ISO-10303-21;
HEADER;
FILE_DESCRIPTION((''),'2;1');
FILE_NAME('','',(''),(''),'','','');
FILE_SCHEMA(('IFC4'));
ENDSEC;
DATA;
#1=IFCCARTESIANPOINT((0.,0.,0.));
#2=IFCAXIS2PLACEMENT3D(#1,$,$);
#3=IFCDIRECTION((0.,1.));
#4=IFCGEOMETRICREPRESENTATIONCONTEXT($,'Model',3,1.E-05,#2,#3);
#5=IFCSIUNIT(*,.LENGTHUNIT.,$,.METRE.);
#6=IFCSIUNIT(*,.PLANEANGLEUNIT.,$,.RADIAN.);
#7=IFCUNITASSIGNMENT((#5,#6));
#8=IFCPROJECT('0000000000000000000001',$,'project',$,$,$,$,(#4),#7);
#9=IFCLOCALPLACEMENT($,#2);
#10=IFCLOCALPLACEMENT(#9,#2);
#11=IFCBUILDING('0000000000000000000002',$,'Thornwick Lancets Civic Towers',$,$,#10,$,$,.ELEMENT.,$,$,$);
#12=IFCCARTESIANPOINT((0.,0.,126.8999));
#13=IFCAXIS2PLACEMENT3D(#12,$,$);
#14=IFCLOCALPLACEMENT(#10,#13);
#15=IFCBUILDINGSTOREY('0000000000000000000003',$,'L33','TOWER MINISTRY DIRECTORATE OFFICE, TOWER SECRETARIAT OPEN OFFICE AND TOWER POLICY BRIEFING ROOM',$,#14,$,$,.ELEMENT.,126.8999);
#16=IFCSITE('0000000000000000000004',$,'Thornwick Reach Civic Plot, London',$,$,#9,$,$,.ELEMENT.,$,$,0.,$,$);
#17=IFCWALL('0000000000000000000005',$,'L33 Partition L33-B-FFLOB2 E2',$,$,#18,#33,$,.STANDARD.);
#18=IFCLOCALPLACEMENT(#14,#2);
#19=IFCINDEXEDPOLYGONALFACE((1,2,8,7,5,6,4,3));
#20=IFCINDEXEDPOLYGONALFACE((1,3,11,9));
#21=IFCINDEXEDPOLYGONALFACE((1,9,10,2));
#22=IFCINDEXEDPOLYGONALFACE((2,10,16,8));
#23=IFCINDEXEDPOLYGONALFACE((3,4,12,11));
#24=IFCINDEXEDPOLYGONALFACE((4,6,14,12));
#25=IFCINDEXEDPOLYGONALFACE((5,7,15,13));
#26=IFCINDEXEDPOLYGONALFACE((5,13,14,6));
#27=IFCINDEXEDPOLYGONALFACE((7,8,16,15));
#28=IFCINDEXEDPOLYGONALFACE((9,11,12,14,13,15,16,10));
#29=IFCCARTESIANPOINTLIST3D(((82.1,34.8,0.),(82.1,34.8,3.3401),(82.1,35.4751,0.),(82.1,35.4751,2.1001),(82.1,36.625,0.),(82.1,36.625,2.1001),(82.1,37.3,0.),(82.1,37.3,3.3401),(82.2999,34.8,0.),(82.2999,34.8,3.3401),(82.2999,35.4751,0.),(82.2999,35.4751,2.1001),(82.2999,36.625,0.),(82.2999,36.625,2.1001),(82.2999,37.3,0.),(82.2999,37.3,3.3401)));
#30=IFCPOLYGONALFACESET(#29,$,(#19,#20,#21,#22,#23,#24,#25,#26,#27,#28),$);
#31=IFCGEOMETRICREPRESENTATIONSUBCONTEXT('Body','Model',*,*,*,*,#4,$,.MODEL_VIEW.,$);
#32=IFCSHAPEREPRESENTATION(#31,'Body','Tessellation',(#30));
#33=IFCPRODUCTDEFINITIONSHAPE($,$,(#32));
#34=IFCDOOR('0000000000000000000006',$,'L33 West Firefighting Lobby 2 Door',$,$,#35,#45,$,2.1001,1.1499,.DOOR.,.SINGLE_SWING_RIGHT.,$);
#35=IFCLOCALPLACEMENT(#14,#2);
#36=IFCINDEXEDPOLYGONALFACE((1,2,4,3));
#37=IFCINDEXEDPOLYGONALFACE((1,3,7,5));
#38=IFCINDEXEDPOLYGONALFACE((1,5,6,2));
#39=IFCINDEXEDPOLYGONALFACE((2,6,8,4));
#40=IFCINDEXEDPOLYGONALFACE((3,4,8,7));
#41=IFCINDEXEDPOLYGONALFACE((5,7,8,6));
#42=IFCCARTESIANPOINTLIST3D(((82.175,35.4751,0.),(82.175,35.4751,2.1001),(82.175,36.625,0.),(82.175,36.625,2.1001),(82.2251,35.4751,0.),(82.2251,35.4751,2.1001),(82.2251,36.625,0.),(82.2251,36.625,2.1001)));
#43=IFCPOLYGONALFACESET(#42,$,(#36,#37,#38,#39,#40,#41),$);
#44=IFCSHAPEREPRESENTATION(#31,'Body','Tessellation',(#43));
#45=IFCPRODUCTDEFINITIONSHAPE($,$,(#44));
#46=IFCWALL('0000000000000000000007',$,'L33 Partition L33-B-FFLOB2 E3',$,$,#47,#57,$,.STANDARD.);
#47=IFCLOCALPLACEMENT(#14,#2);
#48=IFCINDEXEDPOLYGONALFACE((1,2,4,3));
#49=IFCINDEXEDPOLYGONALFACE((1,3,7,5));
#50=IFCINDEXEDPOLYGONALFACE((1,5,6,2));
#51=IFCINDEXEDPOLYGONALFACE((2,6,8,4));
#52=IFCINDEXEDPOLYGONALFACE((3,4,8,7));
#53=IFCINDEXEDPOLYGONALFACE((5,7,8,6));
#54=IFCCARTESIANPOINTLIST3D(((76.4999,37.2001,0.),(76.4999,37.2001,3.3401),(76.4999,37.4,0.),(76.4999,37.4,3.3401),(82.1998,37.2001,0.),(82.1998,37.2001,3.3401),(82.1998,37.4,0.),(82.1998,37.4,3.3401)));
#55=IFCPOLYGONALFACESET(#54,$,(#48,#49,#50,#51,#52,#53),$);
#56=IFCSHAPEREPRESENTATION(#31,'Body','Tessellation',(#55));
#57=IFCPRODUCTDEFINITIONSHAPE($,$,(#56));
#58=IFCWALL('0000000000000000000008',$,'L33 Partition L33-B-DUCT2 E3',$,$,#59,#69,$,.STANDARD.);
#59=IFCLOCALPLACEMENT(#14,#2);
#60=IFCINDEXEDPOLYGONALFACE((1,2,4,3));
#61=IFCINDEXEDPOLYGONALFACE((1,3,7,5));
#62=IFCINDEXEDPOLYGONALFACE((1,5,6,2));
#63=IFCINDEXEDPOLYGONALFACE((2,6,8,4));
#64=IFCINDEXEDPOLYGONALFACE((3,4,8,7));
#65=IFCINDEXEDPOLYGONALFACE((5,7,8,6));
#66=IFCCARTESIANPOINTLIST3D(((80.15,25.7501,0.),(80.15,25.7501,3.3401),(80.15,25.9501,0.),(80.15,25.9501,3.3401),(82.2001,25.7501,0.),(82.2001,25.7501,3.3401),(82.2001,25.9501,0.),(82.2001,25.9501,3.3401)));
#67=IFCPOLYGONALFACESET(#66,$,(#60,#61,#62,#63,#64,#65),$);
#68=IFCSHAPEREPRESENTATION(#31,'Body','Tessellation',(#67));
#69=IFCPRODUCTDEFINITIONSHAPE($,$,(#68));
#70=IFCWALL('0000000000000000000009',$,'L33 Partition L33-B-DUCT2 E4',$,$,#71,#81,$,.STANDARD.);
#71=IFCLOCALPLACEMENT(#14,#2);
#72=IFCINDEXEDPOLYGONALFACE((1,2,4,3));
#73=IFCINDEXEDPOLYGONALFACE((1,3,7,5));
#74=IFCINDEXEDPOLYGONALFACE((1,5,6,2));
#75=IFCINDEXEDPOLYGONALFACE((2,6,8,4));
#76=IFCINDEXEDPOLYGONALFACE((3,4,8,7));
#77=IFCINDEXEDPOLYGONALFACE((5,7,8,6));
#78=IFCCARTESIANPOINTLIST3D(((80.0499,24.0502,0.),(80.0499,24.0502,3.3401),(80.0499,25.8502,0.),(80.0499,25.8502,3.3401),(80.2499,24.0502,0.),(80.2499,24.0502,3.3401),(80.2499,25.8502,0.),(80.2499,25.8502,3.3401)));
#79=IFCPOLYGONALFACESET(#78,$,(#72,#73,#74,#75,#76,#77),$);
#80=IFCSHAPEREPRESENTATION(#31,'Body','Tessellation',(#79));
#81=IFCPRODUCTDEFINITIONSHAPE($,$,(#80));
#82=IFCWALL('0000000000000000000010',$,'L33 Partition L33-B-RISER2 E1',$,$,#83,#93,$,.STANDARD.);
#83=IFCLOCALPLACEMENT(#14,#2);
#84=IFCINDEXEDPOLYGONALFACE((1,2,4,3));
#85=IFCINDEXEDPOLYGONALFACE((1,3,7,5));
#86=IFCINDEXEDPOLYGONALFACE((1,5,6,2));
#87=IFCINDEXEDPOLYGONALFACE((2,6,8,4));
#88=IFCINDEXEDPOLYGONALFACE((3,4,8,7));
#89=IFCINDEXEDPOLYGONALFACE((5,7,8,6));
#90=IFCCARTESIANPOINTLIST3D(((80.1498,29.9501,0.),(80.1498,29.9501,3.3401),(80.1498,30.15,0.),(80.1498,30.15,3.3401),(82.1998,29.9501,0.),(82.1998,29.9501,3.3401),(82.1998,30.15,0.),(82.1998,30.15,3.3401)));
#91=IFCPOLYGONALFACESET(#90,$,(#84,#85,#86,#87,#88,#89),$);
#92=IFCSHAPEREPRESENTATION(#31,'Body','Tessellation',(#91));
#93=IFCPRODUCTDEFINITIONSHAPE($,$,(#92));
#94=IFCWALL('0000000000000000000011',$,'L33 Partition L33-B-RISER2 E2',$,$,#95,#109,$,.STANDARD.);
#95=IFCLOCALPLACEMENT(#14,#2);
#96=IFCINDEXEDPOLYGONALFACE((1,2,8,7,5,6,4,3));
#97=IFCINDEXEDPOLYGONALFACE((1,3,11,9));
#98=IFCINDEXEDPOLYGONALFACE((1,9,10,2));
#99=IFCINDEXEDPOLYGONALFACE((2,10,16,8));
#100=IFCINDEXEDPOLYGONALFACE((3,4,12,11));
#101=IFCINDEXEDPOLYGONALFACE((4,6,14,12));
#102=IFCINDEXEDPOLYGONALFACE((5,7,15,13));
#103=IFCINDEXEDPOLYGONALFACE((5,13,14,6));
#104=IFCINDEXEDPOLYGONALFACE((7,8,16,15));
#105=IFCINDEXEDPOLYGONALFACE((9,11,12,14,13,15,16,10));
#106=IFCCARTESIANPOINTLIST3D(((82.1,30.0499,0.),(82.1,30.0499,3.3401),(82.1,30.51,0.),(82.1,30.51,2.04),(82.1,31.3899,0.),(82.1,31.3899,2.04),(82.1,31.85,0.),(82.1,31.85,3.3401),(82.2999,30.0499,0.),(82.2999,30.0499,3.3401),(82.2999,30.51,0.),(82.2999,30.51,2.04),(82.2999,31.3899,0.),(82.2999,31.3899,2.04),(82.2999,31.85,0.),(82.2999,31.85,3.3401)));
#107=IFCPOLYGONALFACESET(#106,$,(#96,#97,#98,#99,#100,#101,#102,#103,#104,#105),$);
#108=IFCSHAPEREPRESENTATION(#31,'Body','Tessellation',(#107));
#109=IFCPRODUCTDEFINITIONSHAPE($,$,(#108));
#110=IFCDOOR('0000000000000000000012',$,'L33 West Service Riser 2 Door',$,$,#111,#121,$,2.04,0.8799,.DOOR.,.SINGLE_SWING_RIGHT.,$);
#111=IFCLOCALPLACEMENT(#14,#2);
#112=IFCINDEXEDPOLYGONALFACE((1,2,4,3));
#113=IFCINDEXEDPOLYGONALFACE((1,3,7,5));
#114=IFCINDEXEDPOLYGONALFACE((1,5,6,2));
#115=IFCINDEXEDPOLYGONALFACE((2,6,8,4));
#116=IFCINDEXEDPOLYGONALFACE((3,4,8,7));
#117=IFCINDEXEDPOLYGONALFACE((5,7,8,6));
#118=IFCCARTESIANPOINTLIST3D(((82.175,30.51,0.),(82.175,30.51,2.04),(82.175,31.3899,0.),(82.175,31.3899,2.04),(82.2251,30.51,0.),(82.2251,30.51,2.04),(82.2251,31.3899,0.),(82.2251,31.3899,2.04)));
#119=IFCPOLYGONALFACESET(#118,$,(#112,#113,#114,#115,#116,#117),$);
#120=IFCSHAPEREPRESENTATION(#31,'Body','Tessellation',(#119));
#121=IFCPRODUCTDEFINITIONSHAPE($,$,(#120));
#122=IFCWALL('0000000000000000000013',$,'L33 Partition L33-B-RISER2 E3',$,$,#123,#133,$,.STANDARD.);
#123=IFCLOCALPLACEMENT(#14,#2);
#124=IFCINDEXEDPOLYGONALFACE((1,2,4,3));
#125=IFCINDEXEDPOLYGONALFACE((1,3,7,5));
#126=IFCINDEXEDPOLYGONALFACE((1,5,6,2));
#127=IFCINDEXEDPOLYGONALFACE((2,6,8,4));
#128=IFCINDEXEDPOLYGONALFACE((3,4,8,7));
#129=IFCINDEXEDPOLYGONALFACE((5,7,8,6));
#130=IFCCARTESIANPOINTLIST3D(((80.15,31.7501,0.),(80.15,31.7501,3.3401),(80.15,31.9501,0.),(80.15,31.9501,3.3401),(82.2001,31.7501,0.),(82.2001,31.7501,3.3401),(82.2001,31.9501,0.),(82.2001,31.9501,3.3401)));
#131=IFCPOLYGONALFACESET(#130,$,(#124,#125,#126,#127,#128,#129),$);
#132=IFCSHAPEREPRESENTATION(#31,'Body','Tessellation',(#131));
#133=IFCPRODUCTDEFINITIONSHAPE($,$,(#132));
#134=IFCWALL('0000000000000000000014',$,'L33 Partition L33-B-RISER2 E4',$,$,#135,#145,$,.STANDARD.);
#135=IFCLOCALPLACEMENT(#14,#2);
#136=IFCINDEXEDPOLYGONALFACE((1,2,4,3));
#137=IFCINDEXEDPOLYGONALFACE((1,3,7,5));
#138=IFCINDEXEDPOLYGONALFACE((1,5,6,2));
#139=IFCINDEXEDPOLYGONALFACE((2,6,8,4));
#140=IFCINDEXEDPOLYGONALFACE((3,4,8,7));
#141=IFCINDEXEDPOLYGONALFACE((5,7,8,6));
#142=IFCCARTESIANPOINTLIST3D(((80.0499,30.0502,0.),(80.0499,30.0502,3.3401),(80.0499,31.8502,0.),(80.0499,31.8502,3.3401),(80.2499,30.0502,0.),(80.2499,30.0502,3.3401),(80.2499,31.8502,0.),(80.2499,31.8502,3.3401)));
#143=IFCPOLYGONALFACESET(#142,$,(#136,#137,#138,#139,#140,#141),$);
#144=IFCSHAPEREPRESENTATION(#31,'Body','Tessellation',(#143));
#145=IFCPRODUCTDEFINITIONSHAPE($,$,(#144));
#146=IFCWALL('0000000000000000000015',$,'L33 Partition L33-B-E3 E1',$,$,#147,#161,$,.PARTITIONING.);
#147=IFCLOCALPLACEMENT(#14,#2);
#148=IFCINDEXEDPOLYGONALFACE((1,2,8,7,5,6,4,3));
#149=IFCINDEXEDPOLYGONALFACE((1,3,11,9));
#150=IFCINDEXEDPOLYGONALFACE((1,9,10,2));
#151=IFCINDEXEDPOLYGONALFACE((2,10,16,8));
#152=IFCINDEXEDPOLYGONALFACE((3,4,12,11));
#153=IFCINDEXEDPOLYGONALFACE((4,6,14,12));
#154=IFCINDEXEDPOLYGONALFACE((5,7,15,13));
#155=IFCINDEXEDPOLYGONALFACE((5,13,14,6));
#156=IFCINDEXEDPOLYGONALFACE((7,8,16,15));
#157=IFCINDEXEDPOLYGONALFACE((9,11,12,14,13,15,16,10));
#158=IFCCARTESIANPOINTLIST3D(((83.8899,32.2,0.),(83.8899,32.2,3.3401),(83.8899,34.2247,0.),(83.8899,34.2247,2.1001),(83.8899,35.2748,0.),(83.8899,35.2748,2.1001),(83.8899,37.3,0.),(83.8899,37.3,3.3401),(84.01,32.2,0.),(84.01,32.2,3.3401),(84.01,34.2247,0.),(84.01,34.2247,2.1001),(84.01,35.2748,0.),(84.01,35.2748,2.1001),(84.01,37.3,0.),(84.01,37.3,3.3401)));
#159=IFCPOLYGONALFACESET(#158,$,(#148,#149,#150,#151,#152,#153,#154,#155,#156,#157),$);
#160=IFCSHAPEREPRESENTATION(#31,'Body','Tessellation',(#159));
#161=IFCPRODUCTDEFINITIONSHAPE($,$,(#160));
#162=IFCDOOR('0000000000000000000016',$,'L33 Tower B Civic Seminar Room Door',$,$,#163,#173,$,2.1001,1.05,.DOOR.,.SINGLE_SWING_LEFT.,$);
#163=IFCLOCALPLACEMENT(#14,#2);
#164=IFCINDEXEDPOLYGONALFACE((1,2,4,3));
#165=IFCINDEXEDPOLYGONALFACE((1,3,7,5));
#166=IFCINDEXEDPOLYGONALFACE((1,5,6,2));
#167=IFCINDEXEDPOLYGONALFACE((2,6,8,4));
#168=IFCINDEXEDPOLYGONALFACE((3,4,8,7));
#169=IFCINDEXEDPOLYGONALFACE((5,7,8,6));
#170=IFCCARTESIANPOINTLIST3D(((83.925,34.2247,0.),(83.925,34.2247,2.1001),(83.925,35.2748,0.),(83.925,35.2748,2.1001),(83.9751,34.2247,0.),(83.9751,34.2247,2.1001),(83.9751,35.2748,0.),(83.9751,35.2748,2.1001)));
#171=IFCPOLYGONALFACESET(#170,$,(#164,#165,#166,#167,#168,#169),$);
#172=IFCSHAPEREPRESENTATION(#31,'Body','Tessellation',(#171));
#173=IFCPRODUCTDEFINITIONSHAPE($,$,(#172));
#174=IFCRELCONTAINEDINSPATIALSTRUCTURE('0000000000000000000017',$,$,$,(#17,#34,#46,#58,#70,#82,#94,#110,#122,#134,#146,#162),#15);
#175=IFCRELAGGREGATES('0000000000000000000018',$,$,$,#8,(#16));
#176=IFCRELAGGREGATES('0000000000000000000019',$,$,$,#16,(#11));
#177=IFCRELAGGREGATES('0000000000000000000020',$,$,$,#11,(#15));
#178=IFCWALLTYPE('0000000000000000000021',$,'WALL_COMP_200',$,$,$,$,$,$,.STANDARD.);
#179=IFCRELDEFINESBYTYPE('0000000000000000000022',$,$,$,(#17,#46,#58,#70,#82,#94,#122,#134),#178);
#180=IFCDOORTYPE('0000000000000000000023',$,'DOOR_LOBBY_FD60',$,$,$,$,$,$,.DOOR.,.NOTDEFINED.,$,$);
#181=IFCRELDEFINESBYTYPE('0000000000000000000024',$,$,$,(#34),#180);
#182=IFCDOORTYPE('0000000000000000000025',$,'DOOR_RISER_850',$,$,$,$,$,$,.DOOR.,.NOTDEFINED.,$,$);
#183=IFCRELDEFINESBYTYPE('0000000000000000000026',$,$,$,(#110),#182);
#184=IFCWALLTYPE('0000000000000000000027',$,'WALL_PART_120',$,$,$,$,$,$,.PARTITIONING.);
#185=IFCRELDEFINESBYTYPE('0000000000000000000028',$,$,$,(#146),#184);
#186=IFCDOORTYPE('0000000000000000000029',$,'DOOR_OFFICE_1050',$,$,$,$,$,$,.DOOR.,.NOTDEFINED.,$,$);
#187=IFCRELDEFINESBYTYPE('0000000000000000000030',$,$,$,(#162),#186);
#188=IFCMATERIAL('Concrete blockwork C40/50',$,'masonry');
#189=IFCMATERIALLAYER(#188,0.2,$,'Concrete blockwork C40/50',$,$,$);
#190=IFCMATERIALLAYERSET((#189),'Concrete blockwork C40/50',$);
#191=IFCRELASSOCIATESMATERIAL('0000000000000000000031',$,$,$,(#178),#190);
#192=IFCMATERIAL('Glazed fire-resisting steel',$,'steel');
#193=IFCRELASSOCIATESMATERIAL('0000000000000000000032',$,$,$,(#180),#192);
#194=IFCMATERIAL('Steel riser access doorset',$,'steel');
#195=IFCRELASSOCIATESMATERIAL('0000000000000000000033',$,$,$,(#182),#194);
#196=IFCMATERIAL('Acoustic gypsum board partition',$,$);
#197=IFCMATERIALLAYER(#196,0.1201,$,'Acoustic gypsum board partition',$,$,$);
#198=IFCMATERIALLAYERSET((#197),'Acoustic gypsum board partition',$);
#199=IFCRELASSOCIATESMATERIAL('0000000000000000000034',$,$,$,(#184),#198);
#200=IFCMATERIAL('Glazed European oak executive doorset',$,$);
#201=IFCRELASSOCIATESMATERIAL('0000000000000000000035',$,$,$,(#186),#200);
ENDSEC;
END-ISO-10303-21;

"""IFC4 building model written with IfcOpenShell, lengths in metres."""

from ifc_helpers import new_model, si_unit, direction, frame, frame_2d, origin, place, context, subcontext, project, spatial, rectangle, extrude, material, layer, layer_set, type_object, element, fill, save


model = new_model("IFC4")

# Units and contexts
model_context = context("Model", 3, precision=1e-05, world=origin(), true_north=direction((0.0, 1.0)))
body_context = subcontext(model_context, "Body", "Model", "MODEL_VIEW")
ifc_project = project(units=[si_unit("LENGTHUNIT", "METRE"), si_unit("PLANEANGLEUNIT", "RADIAN")], contexts=[model_context])

# Site, building, storey
site_placement = place(None, origin())
site = spatial("IfcSite", under=ifc_project, at=site_placement, Name="Thornwick Reach Civic Plot, London", CompositionType="ELEMENT", RefElevation=0.0)
building_placement = place(site_placement, origin())
building = spatial("IfcBuilding", under=site, at=building_placement, Name="Thornwick Lancets Civic Towers", CompositionType="ELEMENT")
storey_placement = place(building_placement, frame((0.0, 0.0, 126.8999)))
storey = spatial("IfcBuildingStorey", under=building, at=storey_placement, Name="L33", Description="TOWER MINISTRY DIRECTORATE OFFICE, TOWER SECRETARIAT OPEN OFFICE AND TOWER POLICY BRIEFING ROOM", CompositionType="ELEMENT", Elevation=126.8999)

# Shared definitions
ifc_material_1 = material(Name="Concrete blockwork C40/50", Category="masonry")
ifc_layer_1 = layer(ifc_material_1, 0.2, Name="Concrete blockwork C40/50")
ifc_layer_set_1 = layer_set([ifc_layer_1], Name="Concrete blockwork C40/50")
wall_type_1 = type_object("IfcWallType", Name="WALL_COMP_200", PredefinedType="STANDARD", material=ifc_layer_set_1)

# Wall, opening, door
wall_1_placement = place(storey_placement, frame((82.2, 34.8, 0.0), z_axis=(0.0, 0.0, 1.0), x_axis=(0.0, 1.0, 0.0)))
wall_1 = element("IfcWall", 1, at=wall_1_placement, inside=storey, type_object=wall_type_1, Name="L33 Partition L33-B-FFLOB2 E2", PredefinedType="STANDARD", context=body_context, shape_type="SweptSolid", body=[
    extrude(rectangle(XDim=2.5, YDim=0.2, at=frame_2d((1.25, 0.0))), origin(), (0.0, 0.0, 1.0), 3.3401),
])
opening_1_placement = place(wall_1_placement, frame((0.675, 0.0, 0.0)))
opening_1 = element("IfcOpeningElement", 2, at=opening_1_placement, cuts=wall_1, PredefinedType="OPENING", context=body_context, shape_type="SweptSolid", body=[
    extrude(rectangle(XDim=1.1499, YDim=2.1001, at=frame_2d((0.575, 1.05))), frame((0.0, 0.1099, 0.0), z_axis=(0.0, -1.0, 0.0), x_axis=(1.0, 0.0, 0.0)), (0.0, 0.0, 1.0), 0.22),
])
ifc_material_2 = material(Name="Glazed fire-resisting steel", Category="steel")
door_type_1 = type_object("IfcDoorType", Name="DOOR_LOBBY_FD60", OperationType="NOTDEFINED", PredefinedType="DOOR", material=ifc_material_2)
door_1_placement = place(opening_1_placement, origin())
door_1 = element("IfcDoor", 3, at=door_1_placement, inside=storey, type_object=door_type_1, Name="L33 West Firefighting Lobby 2 Door", OperationType="SINGLE_SWING_RIGHT", OverallHeight=2.1001, OverallWidth=1.1499, PredefinedType="DOOR", context=body_context, shape_type="SweptSolid", body=[
    extrude(rectangle(XDim=1.1499, YDim=2.1001, at=frame_2d((0.575, 1.05))), frame((0.0, 0.0249, 0.0), z_axis=(0.0, -1.0, 0.0), x_axis=(1.0, 0.0, 0.0)), (0.0, 0.0, 1.0), 0.05),
])
fill(opening_1, door_1)

# Walls
wall_2_placement = place(storey_placement, frame((82.2, 37.3, 0.0), z_axis=(0.0, 0.0, 1.0), x_axis=(-1.0, 0.0, 0.0)))
element("IfcWall", 4, at=wall_2_placement, inside=storey, type_object=wall_type_1, Name="L33 Partition L33-B-FFLOB2 E3", PredefinedType="STANDARD", context=body_context, shape_type="SweptSolid", body=[
    extrude(rectangle(XDim=5.7, YDim=0.2, at=frame_2d((2.8501, 0.0))), origin(), (0.0, 0.0, 1.0), 3.3401),
])
wall_3_placement = place(storey_placement, frame((82.2, 25.8501, 0.0), z_axis=(0.0, 0.0, 1.0), x_axis=(-1.0, 0.0, 0.0)))
element("IfcWall", 5, at=wall_3_placement, inside=storey, type_object=wall_type_1, Name="L33 Partition L33-B-DUCT2 E3", PredefinedType="STANDARD", context=body_context, shape_type="SweptSolid", body=[
    extrude(rectangle(XDim=2.05, YDim=0.2, at=frame_2d((1.0249, 0.0))), origin(), (0.0, 0.0, 1.0), 3.3401),
])
wall_4_placement = place(storey_placement, frame((80.1499, 25.8501, 0.0), z_axis=(0.0, 0.0, 1.0), x_axis=(0.0, -1.0, 0.0)))
element("IfcWall", 6, at=wall_4_placement, inside=storey, type_object=wall_type_1, Name="L33 Partition L33-B-DUCT2 E4", PredefinedType="STANDARD", context=body_context, shape_type="SweptSolid", body=[
    extrude(rectangle(XDim=1.8, YDim=0.2, at=frame_2d((0.8999, 0.0))), origin(), (0.0, 0.0, 1.0), 3.3401),
])
wall_5_placement = place(storey_placement, frame((80.1499, 30.05, 0.0), z_axis=(0.0, 0.0, 1.0), x_axis=(1.0, 0.0, 0.0)))
element("IfcWall", 7, at=wall_5_placement, inside=storey, type_object=wall_type_1, Name="L33 Partition L33-B-RISER2 E1", PredefinedType="STANDARD", context=body_context, shape_type="SweptSolid", body=[
    extrude(rectangle(XDim=2.05, YDim=0.2, at=frame_2d((1.0249, 0.0))), origin(), (0.0, 0.0, 1.0), 3.3401),
])

# Wall, opening, door
wall_6_placement = place(storey_placement, frame((82.2, 30.05, 0.0), z_axis=(0.0, 0.0, 1.0), x_axis=(0.0, 1.0, 0.0)))
wall_6 = element("IfcWall", 8, at=wall_6_placement, inside=storey, type_object=wall_type_1, Name="L33 Partition L33-B-RISER2 E2", PredefinedType="STANDARD", context=body_context, shape_type="SweptSolid", body=[
    extrude(rectangle(XDim=1.8, YDim=0.2, at=frame_2d((0.8999, 0.0))), origin(), (0.0, 0.0, 1.0), 3.3401),
])
opening_2_placement = place(wall_6_placement, frame((0.46, 0.0, 0.0)))
opening_2 = element("IfcOpeningElement", 9, at=opening_2_placement, cuts=wall_6, PredefinedType="OPENING", context=body_context, shape_type="SweptSolid", body=[
    extrude(rectangle(XDim=0.8799, YDim=2.04, at=frame_2d((0.4399, 1.02))), frame((0.0, 0.1099, 0.0), z_axis=(0.0, -1.0, 0.0), x_axis=(1.0, 0.0, 0.0)), (0.0, 0.0, 1.0), 0.22),
])
ifc_material_3 = material(Name="Steel riser access doorset", Category="steel")
door_type_2 = type_object("IfcDoorType", Name="DOOR_RISER_850", OperationType="NOTDEFINED", PredefinedType="DOOR", material=ifc_material_3)
door_2_placement = place(opening_2_placement, origin())
door_2 = element("IfcDoor", 10, at=door_2_placement, inside=storey, type_object=door_type_2, Name="L33 West Service Riser 2 Door", OperationType="SINGLE_SWING_RIGHT", OverallHeight=2.04, OverallWidth=0.8799, PredefinedType="DOOR", context=body_context, shape_type="SweptSolid", body=[
    extrude(rectangle(XDim=0.8799, YDim=2.04, at=frame_2d((0.4399, 1.02))), frame((0.0, 0.0249, 0.0), z_axis=(0.0, -1.0, 0.0), x_axis=(1.0, 0.0, 0.0)), (0.0, 0.0, 1.0), 0.05),
])
fill(opening_2, door_2)

# Walls
wall_7_placement = place(storey_placement, frame((82.2, 31.8501, 0.0), z_axis=(0.0, 0.0, 1.0), x_axis=(-1.0, 0.0, 0.0)))
element("IfcWall", 11, at=wall_7_placement, inside=storey, type_object=wall_type_1, Name="L33 Partition L33-B-RISER2 E3", PredefinedType="STANDARD", context=body_context, shape_type="SweptSolid", body=[
    extrude(rectangle(XDim=2.05, YDim=0.2, at=frame_2d((1.0249, 0.0))), origin(), (0.0, 0.0, 1.0), 3.3401),
])
wall_8_placement = place(storey_placement, frame((80.1499, 31.8501, 0.0), z_axis=(0.0, 0.0, 1.0), x_axis=(0.0, -1.0, 0.0)))
element("IfcWall", 12, at=wall_8_placement, inside=storey, type_object=wall_type_1, Name="L33 Partition L33-B-RISER2 E4", PredefinedType="STANDARD", context=body_context, shape_type="SweptSolid", body=[
    extrude(rectangle(XDim=1.8, YDim=0.2, at=frame_2d((0.8999, 0.0))), origin(), (0.0, 0.0, 1.0), 3.3401),
])

# Wall, opening, door
ifc_material_4 = material(Name="Acoustic gypsum board partition")
ifc_layer_2 = layer(ifc_material_4, 0.1201, Name="Acoustic gypsum board partition")
ifc_layer_set_2 = layer_set([ifc_layer_2], Name="Acoustic gypsum board partition")
wall_type_2 = type_object("IfcWallType", Name="WALL_PART_120", PredefinedType="PARTITIONING", material=ifc_layer_set_2)
wall_9_placement = place(storey_placement, frame((83.95, 32.2, 0.0), z_axis=(0.0, 0.0, 1.0), x_axis=(0.0, 1.0, 0.0)))
wall_9 = element("IfcWall", 13, at=wall_9_placement, inside=storey, type_object=wall_type_2, Name="L33 Partition L33-B-E3 E1", PredefinedType="PARTITIONING", context=body_context, shape_type="SweptSolid", body=[
    extrude(rectangle(XDim=5.1001, YDim=0.1201, at=frame_2d((2.55, 0.0))), origin(), (0.0, 0.0, 1.0), 3.3401),
])
opening_3_placement = place(wall_9_placement, frame((2.0249, 0.0, 0.0)))
opening_3 = element("IfcOpeningElement", 14, at=opening_3_placement, cuts=wall_9, PredefinedType="OPENING", context=body_context, shape_type="SweptSolid", body=[
    extrude(rectangle(XDim=1.05, YDim=2.1001, at=frame_2d((0.5249, 1.05))), frame((0.0, 0.0701, 0.0), z_axis=(0.0, -1.0, 0.0), x_axis=(1.0, 0.0, 0.0)), (0.0, 0.0, 1.0), 0.1401),
])
ifc_material_5 = material(Name="Glazed European oak executive doorset")
door_type_3 = type_object("IfcDoorType", Name="DOOR_OFFICE_1050", OperationType="NOTDEFINED", PredefinedType="DOOR", material=ifc_material_5)
door_3_placement = place(opening_3_placement, origin())
door_3 = element("IfcDoor", 15, at=door_3_placement, inside=storey, type_object=door_type_3, Name="L33 Tower B Civic Seminar Room Door", OperationType="SINGLE_SWING_LEFT", OverallHeight=2.1001, OverallWidth=1.05, PredefinedType="DOOR", context=body_context, shape_type="SweptSolid", body=[
    extrude(rectangle(XDim=1.05, YDim=2.1001, at=frame_2d((0.5249, 1.05))), frame((0.0, 0.0249, 0.0), z_axis=(0.0, -1.0, 0.0), x_axis=(1.0, 0.0, 0.0)), (0.0, 0.0, 1.0), 0.05),
])
fill(opening_3, door_3)

save(model, "model.ifc")
